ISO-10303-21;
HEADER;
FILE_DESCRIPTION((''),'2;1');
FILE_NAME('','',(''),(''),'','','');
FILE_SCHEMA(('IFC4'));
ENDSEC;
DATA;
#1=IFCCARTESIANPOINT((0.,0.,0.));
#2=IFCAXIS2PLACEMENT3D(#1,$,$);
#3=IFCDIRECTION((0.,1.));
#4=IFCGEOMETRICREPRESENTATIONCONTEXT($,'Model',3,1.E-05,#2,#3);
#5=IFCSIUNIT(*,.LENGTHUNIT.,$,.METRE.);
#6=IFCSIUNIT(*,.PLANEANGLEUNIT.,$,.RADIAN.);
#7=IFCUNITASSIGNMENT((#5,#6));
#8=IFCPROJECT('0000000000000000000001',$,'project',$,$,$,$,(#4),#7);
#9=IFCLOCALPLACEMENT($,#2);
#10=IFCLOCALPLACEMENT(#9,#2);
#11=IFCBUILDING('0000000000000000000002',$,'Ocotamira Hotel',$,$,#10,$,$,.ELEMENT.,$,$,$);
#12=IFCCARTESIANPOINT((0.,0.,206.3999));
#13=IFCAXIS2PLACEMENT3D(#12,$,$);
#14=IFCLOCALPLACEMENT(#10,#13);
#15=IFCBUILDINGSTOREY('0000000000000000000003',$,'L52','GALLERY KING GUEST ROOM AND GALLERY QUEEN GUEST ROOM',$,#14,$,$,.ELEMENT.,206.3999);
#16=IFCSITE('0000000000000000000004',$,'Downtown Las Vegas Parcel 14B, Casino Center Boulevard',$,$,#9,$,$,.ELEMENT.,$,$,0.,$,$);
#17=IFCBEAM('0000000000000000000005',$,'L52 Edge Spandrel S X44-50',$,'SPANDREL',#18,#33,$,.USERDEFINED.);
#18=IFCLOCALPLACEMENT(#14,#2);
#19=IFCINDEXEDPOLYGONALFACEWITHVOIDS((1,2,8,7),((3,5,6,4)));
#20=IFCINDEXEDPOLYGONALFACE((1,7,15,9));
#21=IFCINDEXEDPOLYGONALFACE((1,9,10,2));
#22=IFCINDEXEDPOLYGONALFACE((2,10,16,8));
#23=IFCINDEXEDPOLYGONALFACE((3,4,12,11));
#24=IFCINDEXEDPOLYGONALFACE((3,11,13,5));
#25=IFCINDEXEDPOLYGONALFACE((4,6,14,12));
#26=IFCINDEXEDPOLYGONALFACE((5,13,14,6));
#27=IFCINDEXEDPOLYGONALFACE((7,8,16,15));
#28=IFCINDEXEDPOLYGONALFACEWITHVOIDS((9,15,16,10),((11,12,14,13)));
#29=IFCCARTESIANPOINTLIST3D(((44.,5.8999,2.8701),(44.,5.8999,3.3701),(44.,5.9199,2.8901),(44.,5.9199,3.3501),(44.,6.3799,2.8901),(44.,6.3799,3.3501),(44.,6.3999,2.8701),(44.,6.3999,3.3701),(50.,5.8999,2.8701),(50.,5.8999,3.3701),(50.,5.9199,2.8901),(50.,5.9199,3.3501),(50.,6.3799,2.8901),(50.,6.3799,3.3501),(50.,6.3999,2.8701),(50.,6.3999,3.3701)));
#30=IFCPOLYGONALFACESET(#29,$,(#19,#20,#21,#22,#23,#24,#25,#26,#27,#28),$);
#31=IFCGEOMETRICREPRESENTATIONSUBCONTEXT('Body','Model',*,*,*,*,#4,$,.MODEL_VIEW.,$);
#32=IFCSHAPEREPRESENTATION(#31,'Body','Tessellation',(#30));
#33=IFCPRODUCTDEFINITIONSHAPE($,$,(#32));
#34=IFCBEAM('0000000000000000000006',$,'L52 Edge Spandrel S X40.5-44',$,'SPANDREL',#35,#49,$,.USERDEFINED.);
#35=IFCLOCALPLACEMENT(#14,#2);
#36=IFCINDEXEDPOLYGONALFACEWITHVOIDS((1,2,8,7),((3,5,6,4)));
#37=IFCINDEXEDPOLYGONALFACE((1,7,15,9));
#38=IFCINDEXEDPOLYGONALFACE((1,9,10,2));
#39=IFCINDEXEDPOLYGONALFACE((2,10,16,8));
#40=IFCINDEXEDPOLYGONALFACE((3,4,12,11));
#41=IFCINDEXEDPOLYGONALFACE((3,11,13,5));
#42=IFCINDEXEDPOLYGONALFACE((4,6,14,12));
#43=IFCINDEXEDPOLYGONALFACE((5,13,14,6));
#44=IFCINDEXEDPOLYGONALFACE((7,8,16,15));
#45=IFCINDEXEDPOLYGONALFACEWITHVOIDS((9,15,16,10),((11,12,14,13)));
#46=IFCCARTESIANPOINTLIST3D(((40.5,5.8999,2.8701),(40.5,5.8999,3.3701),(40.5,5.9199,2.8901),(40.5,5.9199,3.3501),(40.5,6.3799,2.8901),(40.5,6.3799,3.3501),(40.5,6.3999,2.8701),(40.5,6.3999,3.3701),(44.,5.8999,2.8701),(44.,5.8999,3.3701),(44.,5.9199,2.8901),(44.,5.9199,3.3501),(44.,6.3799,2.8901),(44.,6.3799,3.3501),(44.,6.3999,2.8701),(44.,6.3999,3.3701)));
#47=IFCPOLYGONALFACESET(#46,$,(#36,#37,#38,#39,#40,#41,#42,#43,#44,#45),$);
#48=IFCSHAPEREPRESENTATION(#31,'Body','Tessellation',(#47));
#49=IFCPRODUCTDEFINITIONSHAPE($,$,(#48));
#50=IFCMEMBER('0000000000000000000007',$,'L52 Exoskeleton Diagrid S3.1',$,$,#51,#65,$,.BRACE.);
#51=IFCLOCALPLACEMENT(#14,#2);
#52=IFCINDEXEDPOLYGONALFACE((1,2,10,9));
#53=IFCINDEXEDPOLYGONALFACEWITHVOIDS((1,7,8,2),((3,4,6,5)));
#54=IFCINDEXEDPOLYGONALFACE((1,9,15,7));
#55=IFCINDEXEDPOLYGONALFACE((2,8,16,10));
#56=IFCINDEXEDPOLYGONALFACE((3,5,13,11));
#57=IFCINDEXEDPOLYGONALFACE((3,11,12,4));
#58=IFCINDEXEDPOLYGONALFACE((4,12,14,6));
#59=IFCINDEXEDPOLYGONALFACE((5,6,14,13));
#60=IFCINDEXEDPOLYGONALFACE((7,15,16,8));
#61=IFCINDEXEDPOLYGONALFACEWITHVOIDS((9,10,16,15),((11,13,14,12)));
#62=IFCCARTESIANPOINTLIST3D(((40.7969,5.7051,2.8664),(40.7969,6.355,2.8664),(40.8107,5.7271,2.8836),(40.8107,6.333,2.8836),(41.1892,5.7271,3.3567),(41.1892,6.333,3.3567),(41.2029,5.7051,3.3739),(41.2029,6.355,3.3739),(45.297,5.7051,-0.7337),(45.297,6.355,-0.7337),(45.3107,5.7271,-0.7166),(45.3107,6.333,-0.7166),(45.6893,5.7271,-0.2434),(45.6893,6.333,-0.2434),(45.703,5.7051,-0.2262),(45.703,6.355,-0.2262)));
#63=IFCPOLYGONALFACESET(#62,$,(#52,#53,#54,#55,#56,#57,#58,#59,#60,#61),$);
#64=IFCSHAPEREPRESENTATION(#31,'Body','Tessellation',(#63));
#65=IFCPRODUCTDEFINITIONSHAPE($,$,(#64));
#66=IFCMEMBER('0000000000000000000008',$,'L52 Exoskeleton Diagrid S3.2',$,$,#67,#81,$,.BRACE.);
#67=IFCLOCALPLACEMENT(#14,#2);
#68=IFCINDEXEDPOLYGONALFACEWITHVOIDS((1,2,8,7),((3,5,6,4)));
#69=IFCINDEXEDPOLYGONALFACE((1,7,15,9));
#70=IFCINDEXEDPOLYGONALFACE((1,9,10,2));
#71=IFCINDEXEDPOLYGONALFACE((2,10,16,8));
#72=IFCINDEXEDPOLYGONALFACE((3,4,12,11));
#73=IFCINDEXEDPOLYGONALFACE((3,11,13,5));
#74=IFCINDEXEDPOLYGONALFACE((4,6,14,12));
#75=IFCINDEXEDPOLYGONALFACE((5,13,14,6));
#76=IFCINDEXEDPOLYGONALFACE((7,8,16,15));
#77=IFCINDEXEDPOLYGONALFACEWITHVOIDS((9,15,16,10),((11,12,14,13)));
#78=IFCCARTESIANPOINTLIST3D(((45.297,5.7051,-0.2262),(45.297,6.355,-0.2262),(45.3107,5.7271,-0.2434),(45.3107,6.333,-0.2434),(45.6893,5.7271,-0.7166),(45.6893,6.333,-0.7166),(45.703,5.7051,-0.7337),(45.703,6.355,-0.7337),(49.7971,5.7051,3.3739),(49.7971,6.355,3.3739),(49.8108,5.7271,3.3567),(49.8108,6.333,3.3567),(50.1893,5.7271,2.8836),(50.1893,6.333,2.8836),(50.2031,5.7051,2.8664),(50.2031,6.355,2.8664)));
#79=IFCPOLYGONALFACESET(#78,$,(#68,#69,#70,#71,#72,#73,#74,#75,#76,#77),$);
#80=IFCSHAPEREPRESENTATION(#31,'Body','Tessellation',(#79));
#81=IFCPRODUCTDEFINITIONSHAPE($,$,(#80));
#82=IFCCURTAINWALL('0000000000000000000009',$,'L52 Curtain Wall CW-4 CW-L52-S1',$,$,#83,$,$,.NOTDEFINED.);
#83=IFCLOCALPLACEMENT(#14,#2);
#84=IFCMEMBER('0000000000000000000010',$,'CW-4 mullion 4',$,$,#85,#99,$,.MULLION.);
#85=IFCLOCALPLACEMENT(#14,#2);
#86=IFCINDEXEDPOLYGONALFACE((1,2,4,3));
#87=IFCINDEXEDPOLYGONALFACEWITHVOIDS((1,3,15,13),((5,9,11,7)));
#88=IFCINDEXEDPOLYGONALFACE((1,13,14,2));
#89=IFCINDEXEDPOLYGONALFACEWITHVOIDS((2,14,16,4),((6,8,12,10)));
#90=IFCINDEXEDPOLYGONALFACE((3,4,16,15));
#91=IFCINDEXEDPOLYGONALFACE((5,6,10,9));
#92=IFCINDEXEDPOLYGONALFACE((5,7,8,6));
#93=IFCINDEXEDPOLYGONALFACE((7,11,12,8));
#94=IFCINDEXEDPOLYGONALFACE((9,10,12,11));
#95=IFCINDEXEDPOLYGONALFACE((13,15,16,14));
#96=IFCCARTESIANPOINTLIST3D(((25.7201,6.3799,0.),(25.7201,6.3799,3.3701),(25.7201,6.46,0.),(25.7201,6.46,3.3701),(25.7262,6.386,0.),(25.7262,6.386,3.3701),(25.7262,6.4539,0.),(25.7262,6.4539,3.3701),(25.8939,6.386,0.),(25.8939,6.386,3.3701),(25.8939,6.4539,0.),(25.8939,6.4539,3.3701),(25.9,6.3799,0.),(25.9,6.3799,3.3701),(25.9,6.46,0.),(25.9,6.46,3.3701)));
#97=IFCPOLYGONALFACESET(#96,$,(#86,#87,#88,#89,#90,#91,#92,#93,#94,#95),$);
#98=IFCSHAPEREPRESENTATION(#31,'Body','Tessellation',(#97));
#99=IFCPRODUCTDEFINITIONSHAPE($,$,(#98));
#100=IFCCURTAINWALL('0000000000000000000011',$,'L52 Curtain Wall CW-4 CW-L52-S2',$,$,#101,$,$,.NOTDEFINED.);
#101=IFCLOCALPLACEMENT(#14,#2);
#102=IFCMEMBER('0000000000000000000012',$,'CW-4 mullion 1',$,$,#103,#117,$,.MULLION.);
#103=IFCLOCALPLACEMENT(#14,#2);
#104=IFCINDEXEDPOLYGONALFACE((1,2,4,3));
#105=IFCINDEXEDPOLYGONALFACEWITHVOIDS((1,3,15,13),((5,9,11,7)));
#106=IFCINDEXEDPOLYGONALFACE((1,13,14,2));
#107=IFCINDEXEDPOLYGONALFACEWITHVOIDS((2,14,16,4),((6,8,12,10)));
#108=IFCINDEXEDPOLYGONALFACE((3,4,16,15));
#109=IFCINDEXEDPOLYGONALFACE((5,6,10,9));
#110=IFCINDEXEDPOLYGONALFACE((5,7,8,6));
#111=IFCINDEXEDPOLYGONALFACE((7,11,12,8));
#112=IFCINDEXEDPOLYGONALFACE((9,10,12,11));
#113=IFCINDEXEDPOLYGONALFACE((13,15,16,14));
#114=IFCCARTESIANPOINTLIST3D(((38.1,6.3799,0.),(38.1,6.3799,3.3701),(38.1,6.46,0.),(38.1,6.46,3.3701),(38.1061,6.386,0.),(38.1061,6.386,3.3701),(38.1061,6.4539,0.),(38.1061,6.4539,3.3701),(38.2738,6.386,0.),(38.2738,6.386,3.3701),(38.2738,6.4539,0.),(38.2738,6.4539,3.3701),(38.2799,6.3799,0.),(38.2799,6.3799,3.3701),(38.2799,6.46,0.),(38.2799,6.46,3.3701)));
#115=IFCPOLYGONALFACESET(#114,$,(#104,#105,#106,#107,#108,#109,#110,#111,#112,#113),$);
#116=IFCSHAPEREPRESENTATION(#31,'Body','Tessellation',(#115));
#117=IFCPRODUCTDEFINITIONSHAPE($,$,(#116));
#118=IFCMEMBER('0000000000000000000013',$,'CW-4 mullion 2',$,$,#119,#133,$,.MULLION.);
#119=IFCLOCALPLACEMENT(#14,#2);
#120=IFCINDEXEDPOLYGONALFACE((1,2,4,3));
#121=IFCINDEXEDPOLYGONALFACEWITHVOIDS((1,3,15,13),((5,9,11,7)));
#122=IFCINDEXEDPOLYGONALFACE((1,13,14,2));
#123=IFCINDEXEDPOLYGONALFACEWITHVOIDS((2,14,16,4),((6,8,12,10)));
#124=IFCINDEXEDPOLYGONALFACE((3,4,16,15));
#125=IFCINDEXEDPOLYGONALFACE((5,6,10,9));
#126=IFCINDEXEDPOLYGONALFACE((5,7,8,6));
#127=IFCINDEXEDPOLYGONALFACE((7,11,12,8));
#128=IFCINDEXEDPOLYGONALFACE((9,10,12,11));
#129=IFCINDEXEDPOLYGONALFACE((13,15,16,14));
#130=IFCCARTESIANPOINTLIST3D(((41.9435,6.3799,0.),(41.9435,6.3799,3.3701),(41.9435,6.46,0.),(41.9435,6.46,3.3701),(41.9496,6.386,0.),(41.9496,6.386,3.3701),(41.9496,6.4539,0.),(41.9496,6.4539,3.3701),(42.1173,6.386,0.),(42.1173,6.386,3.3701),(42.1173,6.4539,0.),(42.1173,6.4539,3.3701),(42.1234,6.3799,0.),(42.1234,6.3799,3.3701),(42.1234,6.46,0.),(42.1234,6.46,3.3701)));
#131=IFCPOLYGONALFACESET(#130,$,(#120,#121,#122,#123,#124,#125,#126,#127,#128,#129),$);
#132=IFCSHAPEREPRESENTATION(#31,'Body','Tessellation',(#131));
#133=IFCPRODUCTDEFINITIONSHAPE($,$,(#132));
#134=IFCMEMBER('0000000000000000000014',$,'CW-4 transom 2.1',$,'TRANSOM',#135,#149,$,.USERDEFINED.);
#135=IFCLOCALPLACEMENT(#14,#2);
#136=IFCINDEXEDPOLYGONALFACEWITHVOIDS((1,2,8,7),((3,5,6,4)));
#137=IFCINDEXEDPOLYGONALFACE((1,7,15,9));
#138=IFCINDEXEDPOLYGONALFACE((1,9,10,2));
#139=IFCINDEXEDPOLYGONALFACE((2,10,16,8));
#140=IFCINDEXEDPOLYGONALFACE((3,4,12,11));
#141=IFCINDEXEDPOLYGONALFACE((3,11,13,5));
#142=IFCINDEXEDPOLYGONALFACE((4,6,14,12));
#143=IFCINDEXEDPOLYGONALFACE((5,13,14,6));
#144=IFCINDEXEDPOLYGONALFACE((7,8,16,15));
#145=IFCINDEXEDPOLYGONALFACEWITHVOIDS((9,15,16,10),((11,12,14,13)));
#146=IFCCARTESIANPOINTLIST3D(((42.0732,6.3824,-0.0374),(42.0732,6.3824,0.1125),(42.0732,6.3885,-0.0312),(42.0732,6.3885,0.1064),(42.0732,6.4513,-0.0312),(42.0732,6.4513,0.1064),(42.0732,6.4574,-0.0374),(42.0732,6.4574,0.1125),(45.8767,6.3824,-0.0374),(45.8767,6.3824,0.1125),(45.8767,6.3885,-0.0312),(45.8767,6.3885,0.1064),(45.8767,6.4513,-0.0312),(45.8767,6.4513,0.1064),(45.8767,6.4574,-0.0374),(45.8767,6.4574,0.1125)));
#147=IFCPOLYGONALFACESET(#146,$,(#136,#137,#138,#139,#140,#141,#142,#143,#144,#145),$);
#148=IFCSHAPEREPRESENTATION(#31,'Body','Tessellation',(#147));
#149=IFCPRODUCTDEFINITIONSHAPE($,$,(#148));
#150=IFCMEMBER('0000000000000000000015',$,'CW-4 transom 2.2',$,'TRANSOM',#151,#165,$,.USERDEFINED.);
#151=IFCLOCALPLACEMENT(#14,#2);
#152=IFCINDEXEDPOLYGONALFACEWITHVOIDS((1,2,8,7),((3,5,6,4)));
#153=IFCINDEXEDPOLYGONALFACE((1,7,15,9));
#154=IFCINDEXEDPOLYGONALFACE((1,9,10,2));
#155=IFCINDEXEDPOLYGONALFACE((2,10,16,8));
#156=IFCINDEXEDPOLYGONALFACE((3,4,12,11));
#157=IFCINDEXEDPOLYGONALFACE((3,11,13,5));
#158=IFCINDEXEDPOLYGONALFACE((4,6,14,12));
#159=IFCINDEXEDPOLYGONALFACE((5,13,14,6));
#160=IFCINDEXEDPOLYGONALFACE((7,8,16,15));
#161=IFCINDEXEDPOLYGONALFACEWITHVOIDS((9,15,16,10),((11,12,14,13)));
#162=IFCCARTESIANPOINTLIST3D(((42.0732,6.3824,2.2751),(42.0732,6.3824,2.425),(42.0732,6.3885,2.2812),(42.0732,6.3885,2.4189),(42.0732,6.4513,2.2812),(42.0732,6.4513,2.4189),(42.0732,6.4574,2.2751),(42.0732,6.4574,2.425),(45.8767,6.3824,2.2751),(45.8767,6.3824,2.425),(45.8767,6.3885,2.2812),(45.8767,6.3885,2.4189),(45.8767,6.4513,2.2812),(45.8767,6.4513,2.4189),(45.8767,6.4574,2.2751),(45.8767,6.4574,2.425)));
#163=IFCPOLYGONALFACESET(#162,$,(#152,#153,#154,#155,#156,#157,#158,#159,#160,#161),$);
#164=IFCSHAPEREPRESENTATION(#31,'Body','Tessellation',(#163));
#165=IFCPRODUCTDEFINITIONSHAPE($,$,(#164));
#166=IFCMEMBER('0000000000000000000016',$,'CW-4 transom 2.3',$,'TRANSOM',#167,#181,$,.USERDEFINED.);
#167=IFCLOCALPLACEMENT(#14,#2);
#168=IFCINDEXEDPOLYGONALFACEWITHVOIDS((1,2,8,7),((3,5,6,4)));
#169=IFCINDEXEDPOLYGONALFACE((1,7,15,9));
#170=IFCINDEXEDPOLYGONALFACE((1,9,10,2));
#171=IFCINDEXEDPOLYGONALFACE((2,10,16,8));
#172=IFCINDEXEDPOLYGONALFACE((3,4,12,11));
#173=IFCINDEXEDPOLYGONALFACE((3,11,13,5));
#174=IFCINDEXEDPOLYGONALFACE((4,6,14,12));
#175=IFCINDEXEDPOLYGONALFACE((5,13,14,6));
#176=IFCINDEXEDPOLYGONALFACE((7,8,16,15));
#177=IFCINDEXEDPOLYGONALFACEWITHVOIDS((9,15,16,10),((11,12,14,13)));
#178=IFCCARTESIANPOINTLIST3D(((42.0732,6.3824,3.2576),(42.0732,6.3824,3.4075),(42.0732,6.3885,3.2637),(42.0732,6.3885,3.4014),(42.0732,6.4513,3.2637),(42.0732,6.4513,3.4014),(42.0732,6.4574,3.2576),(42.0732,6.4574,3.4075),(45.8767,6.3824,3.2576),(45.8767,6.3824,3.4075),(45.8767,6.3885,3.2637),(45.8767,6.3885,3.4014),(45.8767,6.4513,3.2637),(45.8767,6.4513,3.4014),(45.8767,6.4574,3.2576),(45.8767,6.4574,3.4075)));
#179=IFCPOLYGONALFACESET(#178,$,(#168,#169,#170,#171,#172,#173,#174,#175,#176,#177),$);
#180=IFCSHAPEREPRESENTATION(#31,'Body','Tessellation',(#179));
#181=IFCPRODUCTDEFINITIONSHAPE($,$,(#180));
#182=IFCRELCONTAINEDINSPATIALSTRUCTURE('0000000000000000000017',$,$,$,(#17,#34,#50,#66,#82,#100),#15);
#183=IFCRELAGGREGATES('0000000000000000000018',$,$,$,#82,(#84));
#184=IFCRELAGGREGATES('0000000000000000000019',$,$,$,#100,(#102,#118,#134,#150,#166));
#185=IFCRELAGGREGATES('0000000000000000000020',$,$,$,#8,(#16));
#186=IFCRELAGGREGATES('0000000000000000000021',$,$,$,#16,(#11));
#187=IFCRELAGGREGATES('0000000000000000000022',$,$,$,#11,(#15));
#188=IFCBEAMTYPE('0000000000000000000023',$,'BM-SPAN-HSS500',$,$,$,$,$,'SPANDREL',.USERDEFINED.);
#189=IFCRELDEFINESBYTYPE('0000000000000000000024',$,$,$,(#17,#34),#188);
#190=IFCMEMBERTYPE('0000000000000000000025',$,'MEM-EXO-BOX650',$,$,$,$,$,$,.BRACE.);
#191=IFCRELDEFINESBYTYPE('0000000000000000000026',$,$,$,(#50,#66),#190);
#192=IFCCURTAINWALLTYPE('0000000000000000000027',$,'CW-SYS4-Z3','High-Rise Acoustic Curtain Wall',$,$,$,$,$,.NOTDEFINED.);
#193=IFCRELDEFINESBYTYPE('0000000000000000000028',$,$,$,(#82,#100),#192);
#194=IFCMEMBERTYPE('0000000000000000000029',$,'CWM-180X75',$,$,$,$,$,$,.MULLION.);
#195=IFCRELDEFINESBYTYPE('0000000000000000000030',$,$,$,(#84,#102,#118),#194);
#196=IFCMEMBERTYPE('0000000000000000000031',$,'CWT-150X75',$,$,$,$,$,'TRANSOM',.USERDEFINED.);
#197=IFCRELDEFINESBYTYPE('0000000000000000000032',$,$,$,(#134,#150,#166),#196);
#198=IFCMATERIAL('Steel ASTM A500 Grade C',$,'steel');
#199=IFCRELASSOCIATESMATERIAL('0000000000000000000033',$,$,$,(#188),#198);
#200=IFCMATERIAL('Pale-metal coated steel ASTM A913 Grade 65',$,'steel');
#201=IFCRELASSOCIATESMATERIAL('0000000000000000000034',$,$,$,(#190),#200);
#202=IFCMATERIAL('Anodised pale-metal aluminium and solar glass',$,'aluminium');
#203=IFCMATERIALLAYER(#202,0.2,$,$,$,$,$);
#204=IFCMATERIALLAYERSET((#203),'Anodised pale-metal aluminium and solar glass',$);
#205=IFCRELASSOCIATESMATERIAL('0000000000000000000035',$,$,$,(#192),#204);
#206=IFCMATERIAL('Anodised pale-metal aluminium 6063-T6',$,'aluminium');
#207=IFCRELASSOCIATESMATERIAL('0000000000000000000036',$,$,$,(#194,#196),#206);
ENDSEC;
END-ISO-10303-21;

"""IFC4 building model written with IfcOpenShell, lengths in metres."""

from ifc_helpers import new_model, si_unit, direction, frame, origin, origin_2d, place, context, subcontext, project, spatial, hollow_rectangle, extrude, source, transform, mapped, material, layer, layer_set, material_profile, profile_set, type_object, element, aggregate, save


model = new_model("IFC4")

# Units and contexts
model_context = context("Model", 3, precision=1e-05, world=origin(), true_north=direction((0.0, 1.0)))
body_context = subcontext(model_context, "Body", "Model", "MODEL_VIEW")
ifc_project = project(units=[si_unit("LENGTHUNIT", "METRE"), si_unit("PLANEANGLEUNIT", "RADIAN")], contexts=[model_context])

# Site, building, storey
site_placement = place(None, origin())
site = spatial("IfcSite", under=ifc_project, at=site_placement, Name="Downtown Las Vegas Parcel 14B, Casino Center Boulevard", CompositionType="ELEMENT", RefElevation=0.0)
building_placement = place(site_placement, origin())
building = spatial("IfcBuilding", under=site, at=building_placement, Name="Ocotamira Hotel", CompositionType="ELEMENT")
storey_placement = place(building_placement, frame((0.0, 0.0, 206.3999)))
storey = spatial("IfcBuildingStorey", under=building, at=storey_placement, Name="L52", Description="GALLERY KING GUEST ROOM AND GALLERY QUEEN GUEST ROOM", CompositionType="ELEMENT", Elevation=206.3999)

# Beams
ifc_material_1 = material(Name="Steel ASTM A500 Grade C", Category="steel")
ifc_material_profile_1 = material_profile(ifc_material_1, hollow_rectangle(XDim=0.5, YDim=0.5, WallThickness=0.02, at=origin_2d()), Name="HSS500X500X20")
ifc_profile_set_1 = profile_set([ifc_material_profile_1], Name="Steel ASTM A500 Grade C")
beam_type = type_object("IfcBeamType", Name="BM-SPAN-HSS500", ElementType="SPANDREL", PredefinedType="USERDEFINED", material=ifc_profile_set_1)
shared_shape_1 = source(origin(), body_context, "Body", "SweptSolid", [
    extrude(hollow_rectangle(XDim=0.5, YDim=0.5, WallThickness=0.02, at=origin_2d()), origin(), (0.0, 0.0, 1.0), 6.0),
])
beam_1_placement = place(storey_placement, frame((44.0, 6.1499, 3.1201), z_axis=(1.0, 0.0, 0.0), x_axis=(0.0, 1.0, 0.0)))
element("IfcBeam", 1, at=beam_1_placement, inside=storey, type_object=beam_type, Name="L52 Edge Spandrel S X44-50", ObjectType="SPANDREL", PredefinedType="USERDEFINED", context=body_context, shape_type="MappedRepresentation", body=[
    mapped(shared_shape_1, transform((0.0, 0.0, 0.0), scale=1.0)),
])
shared_shape_2 = source(origin(), body_context, "Body", "SweptSolid", [
    extrude(hollow_rectangle(XDim=0.5, YDim=0.5, WallThickness=0.02, at=origin_2d()), origin(), (0.0, 0.0, 1.0), 3.5),
])
beam_2_placement = place(storey_placement, frame((40.5, 6.1499, 3.1201), z_axis=(1.0, 0.0, 0.0), x_axis=(0.0, 1.0, 0.0)))
element("IfcBeam", 2, at=beam_2_placement, inside=storey, type_object=beam_type, Name="L52 Edge Spandrel S X40.5-44", ObjectType="SPANDREL", PredefinedType="USERDEFINED", context=body_context, shape_type="MappedRepresentation", body=[
    mapped(shared_shape_2, transform((0.0, 0.0, 0.0), scale=1.0)),
])

# Members
ifc_material_2 = material(Name="Pale-metal coated steel ASTM A913 Grade 65", Category="steel")
ifc_material_profile_2 = material_profile(ifc_material_2, hollow_rectangle(XDim=0.6499, YDim=0.6499, WallThickness=0.022, at=origin_2d()), Name="BOX650X650X22")
ifc_profile_set_2 = profile_set([ifc_material_profile_2], Name="Pale-metal coated steel ASTM A913 Grade 65")
member_type_1 = type_object("IfcMemberType", Name="MEM-EXO-BOX650", PredefinedType="BRACE", material=ifc_profile_set_2)
shared_shape_3 = source(origin(), body_context, "Body", "SweptSolid", [
    extrude(hollow_rectangle(XDim=0.6499, YDim=0.6499, WallThickness=0.022, at=origin_2d()), origin(), (0.0, 0.0, 1.0), 5.7629),
])
for number, where, z_axis, x_axis, name in (
    (3, (45.5, 6.03, -0.48), (-0.780861, 0.0, 0.624705), (0.0, -1.0, 0.0), "L52 Exoskeleton Diagrid S3.1"),
    (4, (45.5, 6.03, -0.48), (0.780861, 0.0, 0.624705), (0.0, 1.0, 0.0), "L52 Exoskeleton Diagrid S3.2"),
):
    element("IfcMember", number, at=place(storey_placement, frame(where, z_axis=z_axis, x_axis=x_axis)), inside=storey, type_object=member_type_1, Name=name, PredefinedType="BRACE", context=body_context, shape_type="MappedRepresentation", body=[
        mapped(shared_shape_3, transform((0.0, 0.0, 0.0), scale=1.0)),
    ])

# Curtain wall, member
ifc_material_3 = material(Name="Anodised pale-metal aluminium and solar glass", Category="aluminium")
ifc_layer_1 = layer(ifc_material_3, 0.2)
ifc_layer_set_1 = layer_set([ifc_layer_1], Name="Anodised pale-metal aluminium and solar glass")
curtain_wall_type = type_object("IfcCurtainWallType", Name="CW-SYS4-Z3", Description="High-Rise Acoustic Curtain Wall", PredefinedType="NOTDEFINED", material=ifc_layer_set_1)
curtain_wall_1_placement = place(storey_placement, origin())
curtain_wall_1 = element("IfcCurtainWall", 5, at=curtain_wall_1_placement, inside=storey, type_object=curtain_wall_type, Name="L52 Curtain Wall CW-4 CW-L52-S1", PredefinedType="NOTDEFINED")
ifc_material_4 = material(Name="Anodised pale-metal aluminium 6063-T6", Category="aluminium")
ifc_material_profile_3 = material_profile(ifc_material_4, hollow_rectangle(XDim=0.0801, YDim=0.1799, WallThickness=0.0061, at=origin_2d()), Name="HSS180X80X6")
ifc_profile_set_3 = profile_set([ifc_material_profile_3], Name="Anodised pale-metal aluminium 6063-T6")
member_type_2 = type_object("IfcMemberType", Name="CWM-180X75", PredefinedType="MULLION", material=ifc_profile_set_3)
shared_shape_4 = source(origin(), body_context, "Body", "SweptSolid", [
    extrude(hollow_rectangle(XDim=0.0801, YDim=0.1799, WallThickness=0.0061, at=origin_2d()), origin(), (0.0, 0.0, 1.0), 3.3701),
])
member_1_placement = place(storey_placement, frame((25.8101, 6.4199, 0.0), z_axis=(0.0, 0.0, 1.0), x_axis=(0.0, 1.0, 0.0)))
member_1 = element("IfcMember", 6, at=member_1_placement, type_object=member_type_2, Name="CW-4 mullion 4", PredefinedType="MULLION", context=body_context, shape_type="MappedRepresentation", body=[
    mapped(shared_shape_4, transform((0.0, 0.0, 0.0), scale=1.0)),
])

# Curtain wall, members
curtain_wall_2_placement = place(storey_placement, origin())
curtain_wall_2 = element("IfcCurtainWall", 7, at=curtain_wall_2_placement, inside=storey, type_object=curtain_wall_type, Name="L52 Curtain Wall CW-4 CW-L52-S2", PredefinedType="NOTDEFINED")
member_2_placement = place(storey_placement, frame((38.1899, 6.4199, 0.0), z_axis=(0.0, 0.0, 1.0), x_axis=(0.0, 1.0, 0.0)))
member_2 = element("IfcMember", 8, at=member_2_placement, type_object=member_type_2, Name="CW-4 mullion 1", PredefinedType="MULLION", context=body_context, shape_type="MappedRepresentation", body=[
    mapped(shared_shape_4, transform((0.0, 0.0, 0.0), scale=1.0)),
])
member_3_placement = place(storey_placement, frame((42.0334, 6.4199, 0.0), z_axis=(0.0, 0.0, 1.0), x_axis=(0.0, 1.0, 0.0)))
member_3 = element("IfcMember", 9, at=member_3_placement, type_object=member_type_2, Name="CW-4 mullion 2", PredefinedType="MULLION", context=body_context, shape_type="MappedRepresentation", body=[
    mapped(shared_shape_4, transform((0.0, 0.0, 0.0), scale=1.0)),
])
ifc_material_profile_4 = material_profile(ifc_material_4, hollow_rectangle(XDim=0.075, YDim=0.1499, WallThickness=0.0061, at=origin_2d()), Name="HSS150X75X6")
ifc_profile_set_4 = profile_set([ifc_material_profile_4], Name="Anodised pale-metal aluminium 6063-T6")
member_type_3 = type_object("IfcMemberType", Name="CWT-150X75", ElementType="TRANSOM", PredefinedType="USERDEFINED", material=ifc_profile_set_4)
shared_shape_5 = source(origin(), body_context, "Body", "SweptSolid", [
    extrude(hollow_rectangle(XDim=0.075, YDim=0.1499, WallThickness=0.0061, at=origin_2d()), origin(), (0.0, 0.0, 1.0), 3.8035),
])
member_4_placement = place(storey_placement, frame((42.0732, 6.4199, 0.0376), z_axis=(1.0, 0.0, 0.0), x_axis=(0.0, 1.0, 0.0)))
member_4 = element("IfcMember", 10, at=member_4_placement, type_object=member_type_3, Name="CW-4 transom 2.1", ObjectType="TRANSOM", PredefinedType="USERDEFINED", context=body_context, shape_type="MappedRepresentation", body=[
    mapped(shared_shape_5, transform((0.0, 0.0, 0.0), scale=1.0)),
])
member_5_placement = place(storey_placement, frame((42.0732, 6.4199, 2.3501), z_axis=(1.0, 0.0, 0.0), x_axis=(0.0, 1.0, 0.0)))
member_5 = element("IfcMember", 11, at=member_5_placement, type_object=member_type_3, Name="CW-4 transom 2.2", ObjectType="TRANSOM", PredefinedType="USERDEFINED", context=body_context, shape_type="MappedRepresentation", body=[
    mapped(shared_shape_5, transform((0.0, 0.0, 0.0), scale=1.0)),
])
member_6_placement = place(storey_placement, frame((42.0732, 6.4199, 3.3325), z_axis=(1.0, 0.0, 0.0), x_axis=(0.0, 1.0, 0.0)))
member_6 = element("IfcMember", 12, at=member_6_placement, type_object=member_type_3, Name="CW-4 transom 2.3", ObjectType="TRANSOM", PredefinedType="USERDEFINED", context=body_context, shape_type="MappedRepresentation", body=[
    mapped(shared_shape_5, transform((0.0, 0.0, 0.0), scale=1.0)),
])

aggregate(curtain_wall_1, [member_1])
aggregate(curtain_wall_2, [member_2, member_3, member_4, member_5, member_6])

save(model, "model.ifc")
